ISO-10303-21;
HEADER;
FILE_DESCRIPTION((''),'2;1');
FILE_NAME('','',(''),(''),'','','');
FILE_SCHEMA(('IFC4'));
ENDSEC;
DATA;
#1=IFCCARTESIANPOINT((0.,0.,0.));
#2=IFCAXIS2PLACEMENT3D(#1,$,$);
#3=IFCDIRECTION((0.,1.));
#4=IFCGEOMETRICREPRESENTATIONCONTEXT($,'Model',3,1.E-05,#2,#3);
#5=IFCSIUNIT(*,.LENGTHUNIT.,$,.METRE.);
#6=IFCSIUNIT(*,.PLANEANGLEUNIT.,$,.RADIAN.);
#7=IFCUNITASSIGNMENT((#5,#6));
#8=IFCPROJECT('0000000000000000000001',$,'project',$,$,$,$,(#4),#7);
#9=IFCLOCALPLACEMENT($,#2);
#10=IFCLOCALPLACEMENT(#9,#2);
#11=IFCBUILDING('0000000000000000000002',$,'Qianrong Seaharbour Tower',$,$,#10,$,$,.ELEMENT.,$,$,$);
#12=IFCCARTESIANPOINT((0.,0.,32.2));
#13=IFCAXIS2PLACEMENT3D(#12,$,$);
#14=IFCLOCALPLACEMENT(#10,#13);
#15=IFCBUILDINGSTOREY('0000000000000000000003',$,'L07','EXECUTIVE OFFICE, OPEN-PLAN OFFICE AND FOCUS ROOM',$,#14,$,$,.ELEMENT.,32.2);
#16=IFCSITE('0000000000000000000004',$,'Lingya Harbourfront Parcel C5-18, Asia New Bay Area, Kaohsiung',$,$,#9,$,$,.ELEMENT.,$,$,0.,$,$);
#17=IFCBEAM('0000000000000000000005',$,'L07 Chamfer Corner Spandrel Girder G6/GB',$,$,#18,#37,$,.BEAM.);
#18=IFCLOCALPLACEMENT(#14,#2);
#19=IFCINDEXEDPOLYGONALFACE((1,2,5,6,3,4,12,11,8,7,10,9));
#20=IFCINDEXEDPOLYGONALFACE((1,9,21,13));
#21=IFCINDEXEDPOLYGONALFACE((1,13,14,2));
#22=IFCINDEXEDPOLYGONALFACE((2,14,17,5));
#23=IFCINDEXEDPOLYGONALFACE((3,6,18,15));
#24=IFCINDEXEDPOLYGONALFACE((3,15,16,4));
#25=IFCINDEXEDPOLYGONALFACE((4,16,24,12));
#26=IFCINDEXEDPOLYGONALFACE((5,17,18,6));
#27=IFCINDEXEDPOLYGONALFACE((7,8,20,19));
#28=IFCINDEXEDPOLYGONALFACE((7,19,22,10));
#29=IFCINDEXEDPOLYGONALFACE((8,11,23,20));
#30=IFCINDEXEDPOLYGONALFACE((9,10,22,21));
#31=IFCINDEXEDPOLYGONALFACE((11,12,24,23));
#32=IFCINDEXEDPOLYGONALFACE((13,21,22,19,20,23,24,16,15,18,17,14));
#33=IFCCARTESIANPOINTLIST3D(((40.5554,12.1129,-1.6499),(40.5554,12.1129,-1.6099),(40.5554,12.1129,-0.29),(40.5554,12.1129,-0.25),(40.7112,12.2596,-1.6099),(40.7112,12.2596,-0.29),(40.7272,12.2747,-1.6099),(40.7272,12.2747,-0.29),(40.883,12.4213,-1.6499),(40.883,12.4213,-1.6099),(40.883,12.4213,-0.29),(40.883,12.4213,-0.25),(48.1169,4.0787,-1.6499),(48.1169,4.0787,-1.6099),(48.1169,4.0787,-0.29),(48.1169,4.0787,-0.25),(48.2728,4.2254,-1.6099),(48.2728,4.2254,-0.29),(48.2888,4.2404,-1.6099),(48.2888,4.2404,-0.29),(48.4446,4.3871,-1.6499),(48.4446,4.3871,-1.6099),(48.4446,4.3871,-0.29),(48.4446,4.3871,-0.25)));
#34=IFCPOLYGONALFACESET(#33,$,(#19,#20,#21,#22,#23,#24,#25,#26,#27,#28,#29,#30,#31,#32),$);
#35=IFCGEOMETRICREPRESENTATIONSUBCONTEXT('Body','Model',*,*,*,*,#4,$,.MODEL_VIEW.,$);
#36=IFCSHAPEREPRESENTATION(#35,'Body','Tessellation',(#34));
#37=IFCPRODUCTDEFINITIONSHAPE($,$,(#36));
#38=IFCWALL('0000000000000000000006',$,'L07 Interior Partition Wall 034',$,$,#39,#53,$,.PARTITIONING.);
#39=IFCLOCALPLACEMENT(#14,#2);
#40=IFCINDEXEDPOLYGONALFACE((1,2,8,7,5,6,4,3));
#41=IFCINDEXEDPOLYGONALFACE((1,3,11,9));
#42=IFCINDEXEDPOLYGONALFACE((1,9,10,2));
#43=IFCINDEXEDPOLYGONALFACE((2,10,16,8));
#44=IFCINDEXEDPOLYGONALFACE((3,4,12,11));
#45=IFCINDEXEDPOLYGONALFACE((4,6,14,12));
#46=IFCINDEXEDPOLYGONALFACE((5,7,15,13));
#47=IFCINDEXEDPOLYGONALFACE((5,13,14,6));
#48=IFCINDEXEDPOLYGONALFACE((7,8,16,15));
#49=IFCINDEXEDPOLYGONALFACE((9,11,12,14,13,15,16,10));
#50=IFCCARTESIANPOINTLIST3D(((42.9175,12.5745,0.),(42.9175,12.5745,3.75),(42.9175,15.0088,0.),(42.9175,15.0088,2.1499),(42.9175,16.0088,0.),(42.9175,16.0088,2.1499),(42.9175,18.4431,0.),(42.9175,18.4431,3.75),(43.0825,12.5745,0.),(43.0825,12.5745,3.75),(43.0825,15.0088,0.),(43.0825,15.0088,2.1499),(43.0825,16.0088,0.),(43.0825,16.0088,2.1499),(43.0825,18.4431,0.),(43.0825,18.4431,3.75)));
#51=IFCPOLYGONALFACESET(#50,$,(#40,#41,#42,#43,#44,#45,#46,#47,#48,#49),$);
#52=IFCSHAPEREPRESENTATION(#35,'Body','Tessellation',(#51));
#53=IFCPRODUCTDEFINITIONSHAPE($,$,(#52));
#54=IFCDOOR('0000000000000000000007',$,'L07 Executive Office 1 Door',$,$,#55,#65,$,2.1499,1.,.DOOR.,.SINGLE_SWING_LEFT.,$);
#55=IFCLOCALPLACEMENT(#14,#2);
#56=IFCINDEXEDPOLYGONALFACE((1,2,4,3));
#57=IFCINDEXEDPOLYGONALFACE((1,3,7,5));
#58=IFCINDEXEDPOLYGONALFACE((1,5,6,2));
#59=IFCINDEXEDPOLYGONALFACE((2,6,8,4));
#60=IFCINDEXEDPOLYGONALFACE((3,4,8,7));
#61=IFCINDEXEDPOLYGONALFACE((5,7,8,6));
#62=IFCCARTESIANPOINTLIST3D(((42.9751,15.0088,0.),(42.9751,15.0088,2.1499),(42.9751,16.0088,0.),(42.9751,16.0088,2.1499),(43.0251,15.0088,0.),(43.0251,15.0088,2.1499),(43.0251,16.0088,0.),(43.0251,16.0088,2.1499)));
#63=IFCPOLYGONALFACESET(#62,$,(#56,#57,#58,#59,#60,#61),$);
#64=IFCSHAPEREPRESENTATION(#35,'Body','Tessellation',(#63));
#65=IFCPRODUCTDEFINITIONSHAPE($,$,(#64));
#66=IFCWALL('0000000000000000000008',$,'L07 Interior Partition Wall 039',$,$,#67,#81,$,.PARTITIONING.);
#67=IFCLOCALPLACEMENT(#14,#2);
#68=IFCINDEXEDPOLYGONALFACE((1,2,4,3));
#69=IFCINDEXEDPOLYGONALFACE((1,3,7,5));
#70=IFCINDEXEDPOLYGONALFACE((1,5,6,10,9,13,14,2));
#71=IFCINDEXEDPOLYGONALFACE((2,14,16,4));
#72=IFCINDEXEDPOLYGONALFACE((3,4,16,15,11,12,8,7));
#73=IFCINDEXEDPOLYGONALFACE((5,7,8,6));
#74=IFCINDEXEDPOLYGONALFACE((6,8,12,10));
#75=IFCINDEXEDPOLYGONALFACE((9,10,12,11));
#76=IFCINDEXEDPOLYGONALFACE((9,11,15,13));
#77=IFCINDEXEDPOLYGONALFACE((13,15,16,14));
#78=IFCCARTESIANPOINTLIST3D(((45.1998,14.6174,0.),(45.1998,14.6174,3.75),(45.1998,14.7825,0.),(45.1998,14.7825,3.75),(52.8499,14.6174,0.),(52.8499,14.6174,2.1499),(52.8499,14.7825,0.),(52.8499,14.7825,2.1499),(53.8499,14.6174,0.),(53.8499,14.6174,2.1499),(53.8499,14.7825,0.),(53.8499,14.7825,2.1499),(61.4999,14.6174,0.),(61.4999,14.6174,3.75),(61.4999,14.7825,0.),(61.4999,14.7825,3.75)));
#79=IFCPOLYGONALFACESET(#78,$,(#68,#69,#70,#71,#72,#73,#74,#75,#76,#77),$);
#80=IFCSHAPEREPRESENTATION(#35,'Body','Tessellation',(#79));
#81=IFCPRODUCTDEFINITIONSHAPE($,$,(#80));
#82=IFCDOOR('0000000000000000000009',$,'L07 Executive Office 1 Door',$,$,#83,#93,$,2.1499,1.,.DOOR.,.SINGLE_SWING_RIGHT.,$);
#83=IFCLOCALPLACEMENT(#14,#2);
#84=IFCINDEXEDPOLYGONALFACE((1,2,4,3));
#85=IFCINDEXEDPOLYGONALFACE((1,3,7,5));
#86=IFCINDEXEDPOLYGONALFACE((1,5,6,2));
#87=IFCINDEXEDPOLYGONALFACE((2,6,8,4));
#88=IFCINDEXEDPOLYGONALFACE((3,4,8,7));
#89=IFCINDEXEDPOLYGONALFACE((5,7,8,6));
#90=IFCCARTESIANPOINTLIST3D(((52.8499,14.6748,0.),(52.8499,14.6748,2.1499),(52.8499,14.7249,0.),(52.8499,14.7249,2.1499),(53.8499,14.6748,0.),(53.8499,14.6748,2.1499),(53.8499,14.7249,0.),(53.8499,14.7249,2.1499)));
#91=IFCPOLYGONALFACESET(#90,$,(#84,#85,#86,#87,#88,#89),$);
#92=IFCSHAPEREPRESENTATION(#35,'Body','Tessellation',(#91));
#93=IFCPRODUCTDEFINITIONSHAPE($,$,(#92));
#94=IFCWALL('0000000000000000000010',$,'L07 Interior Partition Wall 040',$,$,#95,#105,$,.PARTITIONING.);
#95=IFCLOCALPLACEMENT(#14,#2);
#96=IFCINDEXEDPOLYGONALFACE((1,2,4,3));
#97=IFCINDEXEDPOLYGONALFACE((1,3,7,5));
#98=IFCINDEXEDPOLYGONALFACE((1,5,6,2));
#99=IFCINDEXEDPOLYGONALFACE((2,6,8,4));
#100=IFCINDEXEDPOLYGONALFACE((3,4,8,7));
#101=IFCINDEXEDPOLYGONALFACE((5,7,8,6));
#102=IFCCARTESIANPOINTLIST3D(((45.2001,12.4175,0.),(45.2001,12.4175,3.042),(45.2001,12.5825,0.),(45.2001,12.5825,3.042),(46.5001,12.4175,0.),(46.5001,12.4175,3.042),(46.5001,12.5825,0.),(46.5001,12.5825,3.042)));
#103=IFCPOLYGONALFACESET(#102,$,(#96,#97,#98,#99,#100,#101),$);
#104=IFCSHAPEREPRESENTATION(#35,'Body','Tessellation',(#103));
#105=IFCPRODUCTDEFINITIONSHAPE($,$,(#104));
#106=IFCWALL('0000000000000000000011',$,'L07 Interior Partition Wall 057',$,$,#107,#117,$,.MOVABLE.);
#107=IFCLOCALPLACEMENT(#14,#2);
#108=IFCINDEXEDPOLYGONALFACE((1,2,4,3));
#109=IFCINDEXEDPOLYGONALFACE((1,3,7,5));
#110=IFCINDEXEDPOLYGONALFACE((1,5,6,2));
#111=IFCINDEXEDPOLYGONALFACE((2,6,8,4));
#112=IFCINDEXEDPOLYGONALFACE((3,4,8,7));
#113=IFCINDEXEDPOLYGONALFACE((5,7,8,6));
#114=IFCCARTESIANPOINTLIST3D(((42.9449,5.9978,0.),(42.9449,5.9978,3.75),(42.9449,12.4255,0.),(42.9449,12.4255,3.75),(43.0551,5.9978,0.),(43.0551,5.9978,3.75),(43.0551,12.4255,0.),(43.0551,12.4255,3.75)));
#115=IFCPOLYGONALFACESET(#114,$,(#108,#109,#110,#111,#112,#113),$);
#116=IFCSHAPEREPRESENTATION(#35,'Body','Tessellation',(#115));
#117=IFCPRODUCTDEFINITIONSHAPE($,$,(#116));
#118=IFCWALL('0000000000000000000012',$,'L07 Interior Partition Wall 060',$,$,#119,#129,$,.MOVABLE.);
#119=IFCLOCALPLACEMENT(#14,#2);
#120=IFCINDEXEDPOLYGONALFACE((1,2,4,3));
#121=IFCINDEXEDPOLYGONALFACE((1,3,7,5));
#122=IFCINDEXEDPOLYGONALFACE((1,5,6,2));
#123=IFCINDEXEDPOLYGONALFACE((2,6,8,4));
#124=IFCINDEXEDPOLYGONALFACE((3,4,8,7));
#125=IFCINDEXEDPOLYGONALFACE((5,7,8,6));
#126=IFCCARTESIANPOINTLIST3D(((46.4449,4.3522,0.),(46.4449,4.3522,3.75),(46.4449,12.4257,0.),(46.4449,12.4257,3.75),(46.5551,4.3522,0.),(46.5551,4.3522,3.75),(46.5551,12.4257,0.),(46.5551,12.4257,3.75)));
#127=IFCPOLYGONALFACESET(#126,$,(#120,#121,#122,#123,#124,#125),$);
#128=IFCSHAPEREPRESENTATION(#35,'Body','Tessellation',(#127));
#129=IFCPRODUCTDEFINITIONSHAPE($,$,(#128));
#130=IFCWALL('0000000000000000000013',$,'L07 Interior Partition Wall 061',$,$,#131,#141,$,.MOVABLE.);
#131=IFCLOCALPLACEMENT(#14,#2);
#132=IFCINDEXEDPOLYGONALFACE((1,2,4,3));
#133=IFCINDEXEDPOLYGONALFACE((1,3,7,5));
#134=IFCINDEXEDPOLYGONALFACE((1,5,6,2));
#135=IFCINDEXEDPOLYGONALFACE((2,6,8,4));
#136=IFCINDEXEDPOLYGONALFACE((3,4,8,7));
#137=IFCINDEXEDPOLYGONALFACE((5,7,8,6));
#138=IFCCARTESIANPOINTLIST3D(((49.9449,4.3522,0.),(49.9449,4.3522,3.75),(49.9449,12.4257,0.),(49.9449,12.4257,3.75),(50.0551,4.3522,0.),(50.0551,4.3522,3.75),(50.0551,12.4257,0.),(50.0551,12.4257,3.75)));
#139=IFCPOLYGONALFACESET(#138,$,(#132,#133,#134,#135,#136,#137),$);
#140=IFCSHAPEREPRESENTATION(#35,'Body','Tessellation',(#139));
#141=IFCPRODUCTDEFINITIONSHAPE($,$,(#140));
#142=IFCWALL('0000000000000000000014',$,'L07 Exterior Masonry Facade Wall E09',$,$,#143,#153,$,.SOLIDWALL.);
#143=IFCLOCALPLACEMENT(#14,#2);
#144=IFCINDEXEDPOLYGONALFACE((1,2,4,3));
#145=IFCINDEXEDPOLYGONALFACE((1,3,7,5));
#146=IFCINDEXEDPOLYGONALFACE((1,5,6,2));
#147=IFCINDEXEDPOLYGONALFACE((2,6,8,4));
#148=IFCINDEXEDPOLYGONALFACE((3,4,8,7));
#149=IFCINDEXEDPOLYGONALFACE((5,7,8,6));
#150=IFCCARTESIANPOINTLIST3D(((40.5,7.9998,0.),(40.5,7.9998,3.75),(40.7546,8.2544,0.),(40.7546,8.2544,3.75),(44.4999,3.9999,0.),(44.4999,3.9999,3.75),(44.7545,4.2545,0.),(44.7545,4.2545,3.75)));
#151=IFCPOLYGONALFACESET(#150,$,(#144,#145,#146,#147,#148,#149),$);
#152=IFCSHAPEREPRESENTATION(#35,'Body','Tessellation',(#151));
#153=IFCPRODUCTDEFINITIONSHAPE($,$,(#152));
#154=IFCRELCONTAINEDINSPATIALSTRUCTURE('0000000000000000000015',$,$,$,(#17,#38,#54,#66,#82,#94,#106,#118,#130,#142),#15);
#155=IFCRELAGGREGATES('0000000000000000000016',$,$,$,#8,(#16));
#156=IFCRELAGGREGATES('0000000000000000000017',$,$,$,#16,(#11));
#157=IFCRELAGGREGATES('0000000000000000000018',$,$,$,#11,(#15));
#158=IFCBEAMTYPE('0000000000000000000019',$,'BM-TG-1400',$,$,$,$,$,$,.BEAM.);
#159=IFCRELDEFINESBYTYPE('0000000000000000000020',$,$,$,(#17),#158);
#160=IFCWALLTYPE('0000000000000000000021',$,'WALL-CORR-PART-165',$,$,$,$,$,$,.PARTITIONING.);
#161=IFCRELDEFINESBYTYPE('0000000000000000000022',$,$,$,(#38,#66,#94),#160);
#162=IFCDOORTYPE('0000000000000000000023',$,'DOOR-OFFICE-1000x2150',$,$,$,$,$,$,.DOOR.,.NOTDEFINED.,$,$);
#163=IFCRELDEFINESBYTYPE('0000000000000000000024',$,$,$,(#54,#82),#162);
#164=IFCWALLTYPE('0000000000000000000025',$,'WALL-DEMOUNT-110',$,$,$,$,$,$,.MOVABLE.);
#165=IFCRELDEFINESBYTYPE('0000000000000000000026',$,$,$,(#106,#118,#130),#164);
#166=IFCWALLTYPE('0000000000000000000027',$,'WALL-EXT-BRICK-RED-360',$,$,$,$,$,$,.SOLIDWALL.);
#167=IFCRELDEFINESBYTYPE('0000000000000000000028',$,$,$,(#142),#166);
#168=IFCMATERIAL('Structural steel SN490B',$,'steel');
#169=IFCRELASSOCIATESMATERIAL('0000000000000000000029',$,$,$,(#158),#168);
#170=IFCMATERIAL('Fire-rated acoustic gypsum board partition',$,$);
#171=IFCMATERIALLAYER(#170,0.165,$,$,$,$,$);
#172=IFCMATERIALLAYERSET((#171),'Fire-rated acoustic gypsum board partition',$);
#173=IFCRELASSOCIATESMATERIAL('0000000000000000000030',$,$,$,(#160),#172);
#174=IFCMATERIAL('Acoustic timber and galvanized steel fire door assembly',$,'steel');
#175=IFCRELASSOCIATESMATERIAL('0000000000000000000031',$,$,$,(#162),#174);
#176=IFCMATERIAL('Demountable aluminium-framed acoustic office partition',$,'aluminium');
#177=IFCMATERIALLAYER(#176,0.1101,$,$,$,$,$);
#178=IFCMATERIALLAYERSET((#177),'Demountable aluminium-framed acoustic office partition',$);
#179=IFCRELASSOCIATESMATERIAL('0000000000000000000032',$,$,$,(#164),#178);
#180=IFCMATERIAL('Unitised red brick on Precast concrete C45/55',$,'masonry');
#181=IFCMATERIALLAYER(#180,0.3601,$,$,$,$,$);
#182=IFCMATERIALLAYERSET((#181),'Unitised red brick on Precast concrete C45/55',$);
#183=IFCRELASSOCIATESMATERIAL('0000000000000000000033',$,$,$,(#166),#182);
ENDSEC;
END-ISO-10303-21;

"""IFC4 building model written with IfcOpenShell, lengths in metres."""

from ifc_helpers import new_model, si_unit, direction, frame, frame_2d, origin, origin_2d, place, context, subcontext, project, spatial, rectangle, i_section, extrude, material, layer, layer_set, material_profile, profile_set, type_object, element, fill, save


model = new_model("IFC4")

# Units and contexts
model_context = context("Model", 3, precision=1e-05, world=origin(), true_north=direction((0.0, 1.0)))
body_context = subcontext(model_context, "Body", "Model", "MODEL_VIEW")
ifc_project = project(units=[si_unit("LENGTHUNIT", "METRE"), si_unit("PLANEANGLEUNIT", "RADIAN")], contexts=[model_context])

# Site, building, storey
site_placement = place(None, origin())
site = spatial("IfcSite", under=ifc_project, at=site_placement, Name="Lingya Harbourfront Parcel C5-18, Asia New Bay Area, Kaohsiung", CompositionType="ELEMENT", RefElevation=0.0)
building_placement = place(site_placement, origin())
building = spatial("IfcBuilding", under=site, at=building_placement, Name="Qianrong Seaharbour Tower", CompositionType="ELEMENT")
storey_placement = place(building_placement, frame((0.0, 0.0, 32.2)))
storey = spatial("IfcBuildingStorey", under=building, at=storey_placement, Name="L07", Description="EXECUTIVE OFFICE, OPEN-PLAN OFFICE AND FOCUS ROOM", CompositionType="ELEMENT", Elevation=32.2)

# Shared definitions
ifc_material_1 = material(Name="Structural steel SN490B", Category="steel")

# Beam
ifc_material_profile_1 = material_profile(ifc_material_1, i_section(OverallWidth=0.45, OverallDepth=1.3999, WebThickness=0.022, FlangeThickness=0.04, at=origin_2d()), Name="BH1400x450x22x40")
ifc_profile_set_1 = profile_set([ifc_material_profile_1], Name="Structural steel SN490B")
beam_type_1 = type_object("IfcBeamType", Name="BM-TG-1400", PredefinedType="BEAM", material=ifc_profile_set_1)
beam_1_placement = place(storey_placement, frame((48.2808, 4.2329, -0.95), z_axis=(-0.685362, 0.728203, 0.0), x_axis=(-0.728203, -0.685362, 0.0)))
element("IfcBeam", 1, at=beam_1_placement, inside=storey, type_object=beam_type_1, Name="L07 Chamfer Corner Spandrel Girder G6/GB", PredefinedType="BEAM", context=body_context, shape_type="SweptSolid", body=[
    extrude(i_section(OverallWidth=0.45, OverallDepth=1.3999, WebThickness=0.022, FlangeThickness=0.04, at=origin_2d()), origin(), (0.0, 0.0, 1.0), 11.033),
])

# Walls, openings, doors
ifc_material_2 = material(Name="Fire-rated acoustic gypsum board partition")
ifc_layer_1 = layer(ifc_material_2, 0.165)
ifc_layer_set_1 = layer_set([ifc_layer_1], Name="Fire-rated acoustic gypsum board partition")
wall_type_1 = type_object("IfcWallType", Name="WALL-CORR-PART-165", PredefinedType="PARTITIONING", material=ifc_layer_set_1)
wall_1_placement = place(storey_placement, frame((43.0, 12.5745, 0.0), z_axis=(0.0, 0.0, 1.0), x_axis=(0.0, 1.0, 0.0)))
wall_1 = element("IfcWall", 2, at=wall_1_placement, inside=storey, type_object=wall_type_1, Name="L07 Interior Partition Wall 034", PredefinedType="PARTITIONING", context=body_context, shape_type="SweptSolid", body=[
    extrude(rectangle(XDim=5.8687, YDim=0.165, at=frame_2d((2.9343, 0.0))), origin(), (0.0, 0.0, 1.0), 3.75),
])
opening_1_placement = place(wall_1_placement, frame((2.4343, 0.0, 0.0)))
opening_1 = element("IfcOpeningElement", 3, at=opening_1_placement, cuts=wall_1, PredefinedType="OPENING", context=body_context, shape_type="SweptSolid", body=[
    extrude(rectangle(XDim=1.0, YDim=2.1499, at=frame_2d((0.5, 1.075))), frame((0.0, 0.0925, 0.0), z_axis=(0.0, -1.0, 0.0), x_axis=(1.0, 0.0, 0.0)), (0.0, 0.0, 1.0), 0.1851),
])
ifc_material_3 = material(Name="Acoustic timber and galvanized steel fire door assembly", Category="steel")
door_type = type_object("IfcDoorType", Name="DOOR-OFFICE-1000x2150", OperationType="NOTDEFINED", PredefinedType="DOOR", material=ifc_material_3)
door_1_placement = place(opening_1_placement, origin())
door_1 = element("IfcDoor", 4, at=door_1_placement, inside=storey, type_object=door_type, Name="L07 Executive Office 1 Door", OperationType="SINGLE_SWING_LEFT", OverallHeight=2.1499, OverallWidth=1.0, PredefinedType="DOOR", context=body_context, shape_type="SweptSolid", body=[
    extrude(rectangle(XDim=1.0, YDim=2.1499, at=frame_2d((0.5, 1.075))), frame((0.0, 0.0249, 0.0), z_axis=(0.0, -1.0, 0.0), x_axis=(1.0, 0.0, 0.0)), (0.0, 0.0, 1.0), 0.05),
])
fill(opening_1, door_1)
wall_2_placement = place(storey_placement, frame((45.2, 14.7, 0.0), z_axis=(0.0, 0.0, 1.0), x_axis=(1.0, 0.0, 0.0)))
wall_2 = element("IfcWall", 5, at=wall_2_placement, inside=storey, type_object=wall_type_1, Name="L07 Interior Partition Wall 039", PredefinedType="PARTITIONING", context=body_context, shape_type="SweptSolid", body=[
    extrude(rectangle(XDim=16.3, YDim=0.165, at=frame_2d((8.1499, 0.0))), origin(), (0.0, 0.0, 1.0), 3.75),
])
opening_2_placement = place(wall_2_placement, frame((7.6499, 0.0, 0.0)))
opening_2 = element("IfcOpeningElement", 6, at=opening_2_placement, cuts=wall_2, PredefinedType="OPENING", context=body_context, shape_type="SweptSolid", body=[
    extrude(rectangle(XDim=1.0, YDim=2.1499, at=frame_2d((0.5, 1.075))), frame((0.0, 0.0925, 0.0), z_axis=(0.0, -1.0, 0.0), x_axis=(1.0, 0.0, 0.0)), (0.0, 0.0, 1.0), 0.1851),
])
door_2_placement = place(opening_2_placement, origin())
door_2 = element("IfcDoor", 7, at=door_2_placement, inside=storey, type_object=door_type, Name="L07 Executive Office 1 Door", OperationType="SINGLE_SWING_RIGHT", OverallHeight=2.1499, OverallWidth=1.0, PredefinedType="DOOR", context=body_context, shape_type="SweptSolid", body=[
    extrude(rectangle(XDim=1.0, YDim=2.1499, at=frame_2d((0.5, 1.075))), frame((0.0, 0.0249, 0.0), z_axis=(0.0, -1.0, 0.0), x_axis=(1.0, 0.0, 0.0)), (0.0, 0.0, 1.0), 0.05),
])
fill(opening_2, door_2)

# Walls
wall_3_placement = place(storey_placement, frame((46.5, 12.5, 0.0), z_axis=(0.0, 0.0, 1.0), x_axis=(-1.0, 0.0, 0.0)))
element("IfcWall", 8, at=wall_3_placement, inside=storey, type_object=wall_type_1, Name="L07 Interior Partition Wall 040", PredefinedType="PARTITIONING", context=body_context, shape_type="SweptSolid", body=[
    extrude(rectangle(XDim=1.3, YDim=0.165, at=frame_2d((0.6499, 0.0))), origin(), (0.0, 0.0, 1.0), 3.042),
])
ifc_material_4 = material(Name="Demountable aluminium-framed acoustic office partition", Category="aluminium")
ifc_layer_2 = layer(ifc_material_4, 0.1101)
ifc_layer_set_2 = layer_set([ifc_layer_2], Name="Demountable aluminium-framed acoustic office partition")
wall_type_2 = type_object("IfcWallType", Name="WALL-DEMOUNT-110", PredefinedType="MOVABLE", material=ifc_layer_set_2)
wall_4_placement = place(storey_placement, frame((43.0, 12.4255, 0.0), z_axis=(0.0, 0.0, 1.0), x_axis=(0.0, -1.0, 0.0)))
element("IfcWall", 9, at=wall_4_placement, inside=storey, type_object=wall_type_2, Name="L07 Interior Partition Wall 057", PredefinedType="MOVABLE", context=body_context, shape_type="SweptSolid", body=[
    extrude(rectangle(XDim=6.4277, YDim=0.1101, at=frame_2d((3.2139, 0.0))), origin(), (0.0, 0.0, 1.0), 3.75),
])
for number, where, z_axis, x_axis, name in (
    (10, (46.5, 12.4255, 0.0), (0.0, 0.0, 1.0), (0.0, -1.0, 0.0), "L07 Interior Partition Wall 060"),
    (11, (50.0, 12.4255, 0.0), (0.0, 0.0, 1.0), (0.0, -1.0, 0.0), "L07 Interior Partition Wall 061"),
):
    element("IfcWall", number, at=place(storey_placement, frame(where, z_axis=z_axis, x_axis=x_axis)), inside=storey, type_object=wall_type_2, Name=name, PredefinedType="MOVABLE", context=body_context, shape_type="SweptSolid", body=[
        extrude(rectangle(XDim=8.0735, YDim=0.1101, at=frame_2d((4.0366, 0.0))), origin(), (0.0, 0.0, 1.0), 3.75),
    ])
ifc_material_5 = material(Name="Unitised red brick on Precast concrete C45/55", Category="masonry")
ifc_layer_3 = layer(ifc_material_5, 0.3601)
ifc_layer_set_3 = layer_set([ifc_layer_3], Name="Unitised red brick on Precast concrete C45/55")
wall_type_3 = type_object("IfcWallType", Name="WALL-EXT-BRICK-RED-360", PredefinedType="SOLIDWALL", material=ifc_layer_set_3)
wall_5_placement = place(storey_placement, frame((44.6272, 4.1272, 0.0), z_axis=(0.0, 0.0, 1.0), x_axis=(-0.707107, 0.707107, 0.0)))
element("IfcWall", 12, at=wall_5_placement, inside=storey, type_object=wall_type_3, Name="L07 Exterior Masonry Facade Wall E09", PredefinedType="SOLIDWALL", context=body_context, shape_type="SweptSolid", body=[
    extrude(rectangle(XDim=5.6567, YDim=0.3601, at=frame_2d((2.8284, 0.0))), origin(), (0.0, 0.0, 1.0), 3.75),
])

save(model, "model.ifc")
